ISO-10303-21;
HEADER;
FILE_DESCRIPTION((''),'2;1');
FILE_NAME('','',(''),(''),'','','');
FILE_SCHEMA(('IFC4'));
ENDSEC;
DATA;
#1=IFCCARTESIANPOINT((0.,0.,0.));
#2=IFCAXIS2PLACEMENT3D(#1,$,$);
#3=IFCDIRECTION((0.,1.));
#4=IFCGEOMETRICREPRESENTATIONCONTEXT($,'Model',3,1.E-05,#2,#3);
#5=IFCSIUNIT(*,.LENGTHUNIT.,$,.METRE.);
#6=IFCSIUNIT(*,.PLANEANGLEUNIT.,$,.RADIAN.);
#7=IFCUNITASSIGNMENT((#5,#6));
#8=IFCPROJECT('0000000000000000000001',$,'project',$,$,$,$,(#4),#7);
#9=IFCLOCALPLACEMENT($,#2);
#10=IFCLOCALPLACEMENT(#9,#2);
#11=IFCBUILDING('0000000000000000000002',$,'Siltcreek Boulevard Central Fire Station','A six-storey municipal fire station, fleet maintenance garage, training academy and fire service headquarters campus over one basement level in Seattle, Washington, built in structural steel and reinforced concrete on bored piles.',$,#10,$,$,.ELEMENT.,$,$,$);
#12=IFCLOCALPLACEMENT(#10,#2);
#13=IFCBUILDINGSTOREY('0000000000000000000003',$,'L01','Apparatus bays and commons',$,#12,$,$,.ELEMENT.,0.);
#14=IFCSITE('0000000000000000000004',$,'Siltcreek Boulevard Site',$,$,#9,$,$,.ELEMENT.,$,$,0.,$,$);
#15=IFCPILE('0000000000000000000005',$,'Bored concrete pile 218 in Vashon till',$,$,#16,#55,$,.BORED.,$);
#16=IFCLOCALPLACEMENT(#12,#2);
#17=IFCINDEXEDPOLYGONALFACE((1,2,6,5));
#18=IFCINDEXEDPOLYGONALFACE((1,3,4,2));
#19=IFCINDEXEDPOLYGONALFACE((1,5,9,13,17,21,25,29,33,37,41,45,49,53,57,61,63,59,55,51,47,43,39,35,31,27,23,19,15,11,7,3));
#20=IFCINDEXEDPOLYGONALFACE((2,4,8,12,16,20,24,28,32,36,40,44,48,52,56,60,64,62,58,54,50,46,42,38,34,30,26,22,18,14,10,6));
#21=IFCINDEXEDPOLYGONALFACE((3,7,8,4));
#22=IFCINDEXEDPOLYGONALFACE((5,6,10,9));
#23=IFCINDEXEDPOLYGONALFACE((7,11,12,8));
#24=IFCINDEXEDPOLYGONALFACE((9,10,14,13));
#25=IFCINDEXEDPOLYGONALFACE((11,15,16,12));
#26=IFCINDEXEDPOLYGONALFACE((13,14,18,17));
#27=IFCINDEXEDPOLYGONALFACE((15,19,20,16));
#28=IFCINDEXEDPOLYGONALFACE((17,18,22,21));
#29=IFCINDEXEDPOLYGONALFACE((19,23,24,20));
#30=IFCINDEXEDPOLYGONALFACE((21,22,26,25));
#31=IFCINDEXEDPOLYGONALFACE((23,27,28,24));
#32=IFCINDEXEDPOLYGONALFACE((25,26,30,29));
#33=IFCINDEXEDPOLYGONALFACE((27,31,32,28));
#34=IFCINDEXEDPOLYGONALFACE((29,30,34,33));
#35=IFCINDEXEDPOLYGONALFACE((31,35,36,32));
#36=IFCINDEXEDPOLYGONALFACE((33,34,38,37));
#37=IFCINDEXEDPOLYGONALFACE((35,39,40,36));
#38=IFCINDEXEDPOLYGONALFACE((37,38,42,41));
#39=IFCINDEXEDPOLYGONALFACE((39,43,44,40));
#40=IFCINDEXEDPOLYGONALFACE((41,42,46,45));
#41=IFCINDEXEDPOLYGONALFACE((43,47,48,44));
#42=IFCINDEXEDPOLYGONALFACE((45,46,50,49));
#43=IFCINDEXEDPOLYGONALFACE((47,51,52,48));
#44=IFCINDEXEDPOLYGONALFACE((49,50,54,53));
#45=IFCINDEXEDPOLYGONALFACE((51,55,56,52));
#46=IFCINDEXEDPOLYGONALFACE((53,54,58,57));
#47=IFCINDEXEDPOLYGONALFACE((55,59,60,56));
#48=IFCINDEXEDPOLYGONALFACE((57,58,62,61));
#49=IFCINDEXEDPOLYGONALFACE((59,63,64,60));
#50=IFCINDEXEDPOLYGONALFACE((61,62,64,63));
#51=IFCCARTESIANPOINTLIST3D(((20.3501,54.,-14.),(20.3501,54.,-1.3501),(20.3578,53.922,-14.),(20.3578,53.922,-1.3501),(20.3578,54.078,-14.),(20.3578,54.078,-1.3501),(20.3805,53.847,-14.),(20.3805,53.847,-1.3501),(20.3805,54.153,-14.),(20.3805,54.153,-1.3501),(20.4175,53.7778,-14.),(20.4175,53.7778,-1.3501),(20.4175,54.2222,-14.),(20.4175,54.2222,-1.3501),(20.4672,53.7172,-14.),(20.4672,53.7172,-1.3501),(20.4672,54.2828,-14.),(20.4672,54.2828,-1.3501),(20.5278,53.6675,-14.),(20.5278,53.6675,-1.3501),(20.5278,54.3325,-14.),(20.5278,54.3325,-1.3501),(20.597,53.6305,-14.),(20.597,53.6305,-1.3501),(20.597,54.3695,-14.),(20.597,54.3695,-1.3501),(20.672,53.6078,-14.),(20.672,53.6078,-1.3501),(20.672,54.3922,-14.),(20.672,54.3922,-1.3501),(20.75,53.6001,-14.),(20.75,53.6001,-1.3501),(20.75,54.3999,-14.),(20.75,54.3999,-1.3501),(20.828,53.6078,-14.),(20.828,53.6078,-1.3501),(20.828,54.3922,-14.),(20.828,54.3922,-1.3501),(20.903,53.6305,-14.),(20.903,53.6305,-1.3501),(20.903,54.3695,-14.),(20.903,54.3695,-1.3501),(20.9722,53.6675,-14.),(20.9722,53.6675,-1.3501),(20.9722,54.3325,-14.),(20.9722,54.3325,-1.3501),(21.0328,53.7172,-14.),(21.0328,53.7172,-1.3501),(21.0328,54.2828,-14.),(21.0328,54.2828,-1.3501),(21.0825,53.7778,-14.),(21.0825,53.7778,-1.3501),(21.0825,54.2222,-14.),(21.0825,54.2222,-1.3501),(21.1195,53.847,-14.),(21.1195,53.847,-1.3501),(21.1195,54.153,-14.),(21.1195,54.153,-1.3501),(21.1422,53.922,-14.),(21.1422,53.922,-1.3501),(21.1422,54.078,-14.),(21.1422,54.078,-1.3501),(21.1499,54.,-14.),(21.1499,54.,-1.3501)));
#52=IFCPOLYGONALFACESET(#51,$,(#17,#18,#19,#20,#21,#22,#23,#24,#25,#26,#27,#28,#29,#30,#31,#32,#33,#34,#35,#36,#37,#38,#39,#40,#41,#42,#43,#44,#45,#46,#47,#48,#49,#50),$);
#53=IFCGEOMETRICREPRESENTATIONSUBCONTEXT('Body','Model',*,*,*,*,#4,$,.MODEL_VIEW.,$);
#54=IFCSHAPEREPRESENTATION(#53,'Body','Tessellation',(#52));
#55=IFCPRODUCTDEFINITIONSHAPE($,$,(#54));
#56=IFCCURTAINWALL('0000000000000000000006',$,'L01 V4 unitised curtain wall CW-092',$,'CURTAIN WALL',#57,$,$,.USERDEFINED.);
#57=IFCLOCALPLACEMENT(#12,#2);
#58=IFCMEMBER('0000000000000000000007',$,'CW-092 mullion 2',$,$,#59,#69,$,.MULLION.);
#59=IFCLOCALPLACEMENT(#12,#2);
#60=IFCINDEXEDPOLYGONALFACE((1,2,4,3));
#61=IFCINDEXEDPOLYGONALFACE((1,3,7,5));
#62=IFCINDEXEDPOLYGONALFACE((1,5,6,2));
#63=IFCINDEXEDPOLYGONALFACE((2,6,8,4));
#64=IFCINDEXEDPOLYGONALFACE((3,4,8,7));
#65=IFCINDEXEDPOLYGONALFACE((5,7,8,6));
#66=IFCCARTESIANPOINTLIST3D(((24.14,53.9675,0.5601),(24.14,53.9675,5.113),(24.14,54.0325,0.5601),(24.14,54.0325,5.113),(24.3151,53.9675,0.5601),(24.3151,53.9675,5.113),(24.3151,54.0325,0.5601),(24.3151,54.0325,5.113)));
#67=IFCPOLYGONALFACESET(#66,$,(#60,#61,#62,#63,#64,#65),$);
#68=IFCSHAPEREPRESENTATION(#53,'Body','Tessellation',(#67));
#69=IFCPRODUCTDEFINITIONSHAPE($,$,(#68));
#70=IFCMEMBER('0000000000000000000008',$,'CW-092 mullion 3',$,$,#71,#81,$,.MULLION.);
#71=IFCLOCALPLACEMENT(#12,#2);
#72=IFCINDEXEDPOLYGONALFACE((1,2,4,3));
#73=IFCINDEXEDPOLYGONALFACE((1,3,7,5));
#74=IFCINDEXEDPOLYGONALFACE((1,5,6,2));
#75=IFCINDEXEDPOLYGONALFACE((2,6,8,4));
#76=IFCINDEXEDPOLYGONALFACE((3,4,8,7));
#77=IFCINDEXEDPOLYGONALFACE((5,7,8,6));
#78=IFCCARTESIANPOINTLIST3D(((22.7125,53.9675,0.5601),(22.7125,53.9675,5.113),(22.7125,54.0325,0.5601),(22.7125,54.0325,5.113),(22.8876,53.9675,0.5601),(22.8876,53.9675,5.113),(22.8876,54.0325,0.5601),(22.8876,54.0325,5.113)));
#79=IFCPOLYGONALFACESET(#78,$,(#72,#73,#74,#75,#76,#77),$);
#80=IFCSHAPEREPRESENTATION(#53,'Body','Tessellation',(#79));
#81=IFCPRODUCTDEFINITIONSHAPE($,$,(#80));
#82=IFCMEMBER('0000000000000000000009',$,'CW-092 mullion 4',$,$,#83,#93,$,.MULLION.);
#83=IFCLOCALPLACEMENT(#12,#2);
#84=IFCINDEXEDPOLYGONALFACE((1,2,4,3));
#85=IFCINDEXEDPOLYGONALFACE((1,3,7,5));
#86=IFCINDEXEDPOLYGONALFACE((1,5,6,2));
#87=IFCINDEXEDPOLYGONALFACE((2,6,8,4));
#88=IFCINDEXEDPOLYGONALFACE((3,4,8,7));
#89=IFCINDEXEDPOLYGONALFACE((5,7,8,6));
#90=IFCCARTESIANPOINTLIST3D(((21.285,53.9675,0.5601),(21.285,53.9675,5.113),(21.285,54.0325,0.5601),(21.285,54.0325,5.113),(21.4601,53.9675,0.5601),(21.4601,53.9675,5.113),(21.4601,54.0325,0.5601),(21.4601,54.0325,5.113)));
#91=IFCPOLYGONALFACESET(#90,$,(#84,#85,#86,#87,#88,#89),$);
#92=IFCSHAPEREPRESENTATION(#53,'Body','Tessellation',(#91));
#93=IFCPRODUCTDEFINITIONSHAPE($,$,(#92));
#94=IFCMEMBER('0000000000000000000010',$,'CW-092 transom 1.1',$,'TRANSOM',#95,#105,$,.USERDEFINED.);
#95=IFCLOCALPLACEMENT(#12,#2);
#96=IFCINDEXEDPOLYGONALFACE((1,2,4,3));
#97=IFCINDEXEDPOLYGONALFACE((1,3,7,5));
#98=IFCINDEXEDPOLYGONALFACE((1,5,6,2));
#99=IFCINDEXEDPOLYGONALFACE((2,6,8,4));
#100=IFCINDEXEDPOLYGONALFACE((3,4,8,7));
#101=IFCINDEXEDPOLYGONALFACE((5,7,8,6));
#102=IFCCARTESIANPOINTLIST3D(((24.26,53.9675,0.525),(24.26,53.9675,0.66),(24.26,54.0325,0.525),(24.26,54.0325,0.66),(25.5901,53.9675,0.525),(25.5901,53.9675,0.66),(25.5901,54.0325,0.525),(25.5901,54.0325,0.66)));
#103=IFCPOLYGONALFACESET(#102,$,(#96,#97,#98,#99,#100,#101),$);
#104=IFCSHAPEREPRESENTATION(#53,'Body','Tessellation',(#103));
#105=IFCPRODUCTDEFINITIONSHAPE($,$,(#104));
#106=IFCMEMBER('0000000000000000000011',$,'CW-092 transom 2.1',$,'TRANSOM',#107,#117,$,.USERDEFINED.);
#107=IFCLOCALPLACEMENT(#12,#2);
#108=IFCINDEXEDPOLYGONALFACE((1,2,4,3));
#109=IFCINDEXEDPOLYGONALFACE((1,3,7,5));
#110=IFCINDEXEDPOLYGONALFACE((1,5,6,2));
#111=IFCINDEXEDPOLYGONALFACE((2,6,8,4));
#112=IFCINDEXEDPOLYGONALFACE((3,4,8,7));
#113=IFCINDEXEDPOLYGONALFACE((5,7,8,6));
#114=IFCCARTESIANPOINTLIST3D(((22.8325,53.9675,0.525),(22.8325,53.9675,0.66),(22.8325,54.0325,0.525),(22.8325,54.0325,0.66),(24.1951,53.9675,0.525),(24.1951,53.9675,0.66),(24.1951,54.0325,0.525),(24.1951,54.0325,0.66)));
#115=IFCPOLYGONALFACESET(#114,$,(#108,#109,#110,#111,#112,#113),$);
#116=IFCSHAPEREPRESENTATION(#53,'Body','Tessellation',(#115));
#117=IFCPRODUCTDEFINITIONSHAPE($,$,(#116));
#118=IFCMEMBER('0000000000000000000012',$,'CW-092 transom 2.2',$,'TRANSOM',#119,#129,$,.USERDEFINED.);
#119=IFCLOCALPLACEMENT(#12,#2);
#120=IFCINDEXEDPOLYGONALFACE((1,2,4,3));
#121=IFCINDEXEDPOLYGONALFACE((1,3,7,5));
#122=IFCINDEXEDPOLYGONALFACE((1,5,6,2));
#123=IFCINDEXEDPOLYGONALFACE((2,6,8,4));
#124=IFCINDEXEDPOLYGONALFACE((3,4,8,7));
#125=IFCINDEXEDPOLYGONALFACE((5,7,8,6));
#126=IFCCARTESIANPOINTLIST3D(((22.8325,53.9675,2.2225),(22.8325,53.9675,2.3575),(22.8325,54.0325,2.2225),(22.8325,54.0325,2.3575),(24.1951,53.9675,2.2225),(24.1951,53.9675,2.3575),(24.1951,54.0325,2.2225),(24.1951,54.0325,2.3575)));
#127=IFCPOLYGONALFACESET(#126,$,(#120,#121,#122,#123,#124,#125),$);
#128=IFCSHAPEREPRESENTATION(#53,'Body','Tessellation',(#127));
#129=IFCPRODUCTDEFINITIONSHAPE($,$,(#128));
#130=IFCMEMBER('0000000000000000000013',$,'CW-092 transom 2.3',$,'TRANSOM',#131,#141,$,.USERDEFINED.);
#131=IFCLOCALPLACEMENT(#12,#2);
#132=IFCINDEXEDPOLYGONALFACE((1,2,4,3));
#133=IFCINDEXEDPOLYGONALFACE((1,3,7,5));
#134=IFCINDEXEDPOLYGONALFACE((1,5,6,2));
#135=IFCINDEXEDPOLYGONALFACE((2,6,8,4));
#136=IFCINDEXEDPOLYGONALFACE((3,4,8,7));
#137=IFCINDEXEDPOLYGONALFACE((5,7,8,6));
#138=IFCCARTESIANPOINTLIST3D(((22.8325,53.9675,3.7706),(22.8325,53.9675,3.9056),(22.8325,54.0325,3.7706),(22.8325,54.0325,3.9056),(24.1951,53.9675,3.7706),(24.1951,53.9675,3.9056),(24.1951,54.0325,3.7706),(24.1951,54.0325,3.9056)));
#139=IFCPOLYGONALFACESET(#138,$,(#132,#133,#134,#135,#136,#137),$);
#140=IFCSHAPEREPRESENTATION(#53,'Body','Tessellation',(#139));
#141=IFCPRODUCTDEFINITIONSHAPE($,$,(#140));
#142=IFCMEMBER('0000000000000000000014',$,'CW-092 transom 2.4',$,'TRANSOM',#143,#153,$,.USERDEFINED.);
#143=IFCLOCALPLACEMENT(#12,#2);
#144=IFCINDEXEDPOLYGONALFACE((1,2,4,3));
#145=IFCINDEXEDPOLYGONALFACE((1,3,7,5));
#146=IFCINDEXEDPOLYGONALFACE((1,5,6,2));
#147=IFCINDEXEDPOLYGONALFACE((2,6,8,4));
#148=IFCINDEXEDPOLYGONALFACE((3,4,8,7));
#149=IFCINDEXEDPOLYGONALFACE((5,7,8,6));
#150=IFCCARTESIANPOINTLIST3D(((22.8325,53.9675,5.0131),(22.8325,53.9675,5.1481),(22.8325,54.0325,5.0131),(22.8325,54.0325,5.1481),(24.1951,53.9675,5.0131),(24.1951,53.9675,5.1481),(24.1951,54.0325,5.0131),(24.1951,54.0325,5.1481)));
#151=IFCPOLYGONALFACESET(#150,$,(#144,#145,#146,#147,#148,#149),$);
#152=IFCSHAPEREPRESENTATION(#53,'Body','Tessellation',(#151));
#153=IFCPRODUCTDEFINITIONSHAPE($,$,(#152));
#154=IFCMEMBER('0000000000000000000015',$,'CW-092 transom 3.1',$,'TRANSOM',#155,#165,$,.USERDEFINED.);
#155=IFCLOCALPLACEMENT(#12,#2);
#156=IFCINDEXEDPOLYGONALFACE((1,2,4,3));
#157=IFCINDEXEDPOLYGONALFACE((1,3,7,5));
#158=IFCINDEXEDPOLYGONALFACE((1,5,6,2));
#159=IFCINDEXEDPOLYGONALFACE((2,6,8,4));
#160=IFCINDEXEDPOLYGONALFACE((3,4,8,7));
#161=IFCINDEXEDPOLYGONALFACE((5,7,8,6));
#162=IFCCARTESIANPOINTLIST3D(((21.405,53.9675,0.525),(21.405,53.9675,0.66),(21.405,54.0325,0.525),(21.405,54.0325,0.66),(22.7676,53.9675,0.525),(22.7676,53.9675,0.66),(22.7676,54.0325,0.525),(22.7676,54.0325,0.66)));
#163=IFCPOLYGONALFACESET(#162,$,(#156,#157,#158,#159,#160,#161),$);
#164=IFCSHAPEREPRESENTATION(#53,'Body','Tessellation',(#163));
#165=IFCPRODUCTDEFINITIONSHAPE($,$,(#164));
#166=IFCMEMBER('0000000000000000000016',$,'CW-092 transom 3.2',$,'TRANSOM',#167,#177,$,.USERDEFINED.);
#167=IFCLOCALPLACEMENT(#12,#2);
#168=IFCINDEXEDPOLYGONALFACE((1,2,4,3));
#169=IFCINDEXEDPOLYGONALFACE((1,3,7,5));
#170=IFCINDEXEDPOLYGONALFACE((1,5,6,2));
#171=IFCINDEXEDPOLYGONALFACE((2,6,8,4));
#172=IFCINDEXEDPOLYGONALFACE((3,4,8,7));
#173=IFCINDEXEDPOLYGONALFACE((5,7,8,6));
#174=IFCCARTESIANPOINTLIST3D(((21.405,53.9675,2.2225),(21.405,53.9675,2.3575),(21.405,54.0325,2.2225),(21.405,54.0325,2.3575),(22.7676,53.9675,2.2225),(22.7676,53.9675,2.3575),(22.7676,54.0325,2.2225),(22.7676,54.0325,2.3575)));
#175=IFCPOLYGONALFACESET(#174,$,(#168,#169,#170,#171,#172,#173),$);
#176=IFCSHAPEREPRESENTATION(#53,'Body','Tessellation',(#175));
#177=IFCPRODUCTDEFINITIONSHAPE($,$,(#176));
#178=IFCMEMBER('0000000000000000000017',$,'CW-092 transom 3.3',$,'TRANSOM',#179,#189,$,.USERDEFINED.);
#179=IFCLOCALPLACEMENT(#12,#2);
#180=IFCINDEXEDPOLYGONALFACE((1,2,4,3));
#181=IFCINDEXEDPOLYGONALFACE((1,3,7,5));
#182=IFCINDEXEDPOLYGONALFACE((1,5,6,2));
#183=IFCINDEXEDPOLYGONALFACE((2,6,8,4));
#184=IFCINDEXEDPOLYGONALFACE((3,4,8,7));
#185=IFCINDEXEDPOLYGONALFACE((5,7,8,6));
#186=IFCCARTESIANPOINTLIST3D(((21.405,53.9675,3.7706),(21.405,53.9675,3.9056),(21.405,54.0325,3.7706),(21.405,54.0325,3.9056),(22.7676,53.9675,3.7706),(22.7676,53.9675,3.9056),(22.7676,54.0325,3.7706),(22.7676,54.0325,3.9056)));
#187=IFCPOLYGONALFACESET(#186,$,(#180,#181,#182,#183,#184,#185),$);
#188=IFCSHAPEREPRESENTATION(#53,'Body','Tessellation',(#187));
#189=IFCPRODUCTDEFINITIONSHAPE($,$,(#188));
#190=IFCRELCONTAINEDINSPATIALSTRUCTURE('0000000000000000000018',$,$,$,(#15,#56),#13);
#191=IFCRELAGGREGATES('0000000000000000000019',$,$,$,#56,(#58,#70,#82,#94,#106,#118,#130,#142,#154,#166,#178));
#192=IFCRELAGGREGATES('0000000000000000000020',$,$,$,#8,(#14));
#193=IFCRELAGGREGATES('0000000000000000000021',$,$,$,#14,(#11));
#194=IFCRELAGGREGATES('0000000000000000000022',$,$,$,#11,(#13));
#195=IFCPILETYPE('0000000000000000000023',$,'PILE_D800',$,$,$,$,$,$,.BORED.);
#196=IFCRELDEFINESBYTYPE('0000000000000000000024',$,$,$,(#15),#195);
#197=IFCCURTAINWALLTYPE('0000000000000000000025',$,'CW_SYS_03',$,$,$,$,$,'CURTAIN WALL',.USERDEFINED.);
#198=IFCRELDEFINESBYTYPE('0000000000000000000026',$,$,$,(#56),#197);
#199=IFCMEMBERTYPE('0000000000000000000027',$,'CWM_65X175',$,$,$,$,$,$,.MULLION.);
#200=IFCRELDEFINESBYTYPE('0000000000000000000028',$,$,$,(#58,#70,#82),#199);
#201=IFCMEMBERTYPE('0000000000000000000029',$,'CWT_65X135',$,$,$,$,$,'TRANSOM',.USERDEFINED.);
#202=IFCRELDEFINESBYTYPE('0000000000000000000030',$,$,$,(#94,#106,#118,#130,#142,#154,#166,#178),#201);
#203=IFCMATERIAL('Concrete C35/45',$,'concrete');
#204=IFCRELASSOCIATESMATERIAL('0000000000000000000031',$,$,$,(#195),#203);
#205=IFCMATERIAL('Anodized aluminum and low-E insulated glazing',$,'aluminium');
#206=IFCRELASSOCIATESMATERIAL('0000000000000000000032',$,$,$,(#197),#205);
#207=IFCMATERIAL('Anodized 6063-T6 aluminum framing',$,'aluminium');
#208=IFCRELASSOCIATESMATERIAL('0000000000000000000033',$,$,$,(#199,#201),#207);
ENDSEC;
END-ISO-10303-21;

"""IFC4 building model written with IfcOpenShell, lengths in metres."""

from ifc_helpers import new_model, si_unit, direction, frame, origin, origin_2d, place, context, subcontext, project, spatial, rectangle, circle, extrude, material, material_profile, profile_set, type_object, element, aggregate, save


model = new_model("IFC4")

# Units and contexts
model_context = context("Model", 3, precision=1e-05, world=origin(), true_north=direction((0.0, 1.0)))
body_context = subcontext(model_context, "Body", "Model", "MODEL_VIEW")
ifc_project = project(units=[si_unit("LENGTHUNIT", "METRE"), si_unit("PLANEANGLEUNIT", "RADIAN")], contexts=[model_context])

# Site, building, storey
site_placement = place(None, origin())
site = spatial("IfcSite", under=ifc_project, at=site_placement, Name="Siltcreek Boulevard Site", CompositionType="ELEMENT", RefElevation=0.0)
building_placement = place(site_placement, origin())
building = spatial("IfcBuilding", under=site, at=building_placement, Name="Siltcreek Boulevard Central Fire Station", Description="A six-storey municipal fire station, fleet maintenance garage, training academy and fire service headquarters campus over one basement level in Seattle, Washington, built in structural steel and reinforced concrete on bored piles.", CompositionType="ELEMENT")
storey_placement = place(building_placement, origin())
storey = spatial("IfcBuildingStorey", under=building, at=storey_placement, Name="L01", Description="Apparatus bays and commons", CompositionType="ELEMENT", Elevation=0.0)

# Pile
ifc_material_1 = material(Name="Concrete C35/45", Category="concrete")
ifc_material_profile_1 = material_profile(ifc_material_1, circle(Radius=0.3999, at=origin_2d()), Name="SHAFT800")
ifc_profile_set_1 = profile_set([ifc_material_profile_1], Name="Concrete C35/45")
pile_type = type_object("IfcPileType", Name="PILE_D800", PredefinedType="BORED", material=ifc_profile_set_1)
pile_placement = place(storey_placement, frame((20.75, 54.0, -1.3501), z_axis=(0.0, 0.0, -1.0), x_axis=(1.0, 0.0, 0.0)))
element("IfcPile", 1, at=pile_placement, inside=storey, type_object=pile_type, Name="Bored concrete pile 218 in Vashon till", PredefinedType="BORED", context=body_context, shape_type="SweptSolid", body=[
    extrude(circle(Radius=0.3999, at=origin_2d()), origin(), (0.0, 0.0, 1.0), 12.6499),
])

# Curtain wall, members
ifc_material_2 = material(Name="Anodized aluminum and low-E insulated glazing", Category="aluminium")
curtain_wall_type = type_object("IfcCurtainWallType", Name="CW_SYS_03", ElementType="CURTAIN WALL", PredefinedType="USERDEFINED", material=ifc_material_2)
curtain_wall_placement = place(storey_placement, origin())
curtain_wall = element("IfcCurtainWall", 2, at=curtain_wall_placement, inside=storey, type_object=curtain_wall_type, Name="L01 V4 unitised curtain wall CW-092", ObjectType="CURTAIN WALL", PredefinedType="USERDEFINED")
ifc_material_3 = material(Name="Anodized 6063-T6 aluminum framing", Category="aluminium")
ifc_material_profile_2 = material_profile(ifc_material_3, rectangle(XDim=0.0649, YDim=0.175, at=origin_2d()), Name="MULL65X175")
ifc_profile_set_2 = profile_set([ifc_material_profile_2], Name="Anodized 6063-T6 aluminum framing")
member_type_1 = type_object("IfcMemberType", Name="CWM_65X175", PredefinedType="MULLION", material=ifc_profile_set_2)
member_1_placement = place(storey_placement, frame((24.2275, 54.0, 0.5601), z_axis=(0.0, 0.0, 1.0), x_axis=(0.0, -1.0, 0.0)))
member_1 = element("IfcMember", 3, at=member_1_placement, type_object=member_type_1, Name="CW-092 mullion 2", PredefinedType="MULLION", context=body_context, shape_type="SweptSolid", body=[
    extrude(rectangle(XDim=0.0649, YDim=0.175, at=origin_2d()), origin(), (0.0, 0.0, 1.0), 4.553),
])
member_2_placement = place(storey_placement, frame((22.8, 54.0, 0.5601), z_axis=(0.0, 0.0, 1.0), x_axis=(0.0, -1.0, 0.0)))
member_2 = element("IfcMember", 4, at=member_2_placement, type_object=member_type_1, Name="CW-092 mullion 3", PredefinedType="MULLION", context=body_context, shape_type="SweptSolid", body=[
    extrude(rectangle(XDim=0.0649, YDim=0.175, at=origin_2d()), origin(), (0.0, 0.0, 1.0), 4.553),
])
member_3_placement = place(storey_placement, frame((21.3726, 54.0, 0.5601), z_axis=(0.0, 0.0, 1.0), x_axis=(0.0, -1.0, 0.0)))
member_3 = element("IfcMember", 5, at=member_3_placement, type_object=member_type_1, Name="CW-092 mullion 4", PredefinedType="MULLION", context=body_context, shape_type="SweptSolid", body=[
    extrude(rectangle(XDim=0.0649, YDim=0.175, at=origin_2d()), origin(), (0.0, 0.0, 1.0), 4.553),
])
ifc_material_profile_3 = material_profile(ifc_material_3, rectangle(XDim=0.0649, YDim=0.135, at=origin_2d()), Name="TRAN65X135")
ifc_profile_set_3 = profile_set([ifc_material_profile_3], Name="Anodized 6063-T6 aluminum framing")
member_type_2 = type_object("IfcMemberType", Name="CWT_65X135", ElementType="TRANSOM", PredefinedType="USERDEFINED", material=ifc_profile_set_3)
member_4_placement = place(storey_placement, frame((25.5901, 54.0, 0.5925), z_axis=(-1.0, 0.0, 0.0), x_axis=(0.0, -1.0, 0.0)))
member_4 = element("IfcMember", 6, at=member_4_placement, type_object=member_type_2, Name="CW-092 transom 1.1", ObjectType="TRANSOM", PredefinedType="USERDEFINED", context=body_context, shape_type="SweptSolid", body=[
    extrude(rectangle(XDim=0.0649, YDim=0.135, at=origin_2d()), origin(), (0.0, 0.0, 1.0), 1.3301),
])
member_5_placement = place(storey_placement, frame((24.1951, 54.0, 0.5925), z_axis=(-1.0, 0.0, 0.0), x_axis=(0.0, -1.0, 0.0)))
member_5 = element("IfcMember", 7, at=member_5_placement, type_object=member_type_2, Name="CW-092 transom 2.1", ObjectType="TRANSOM", PredefinedType="USERDEFINED", context=body_context, shape_type="SweptSolid", body=[
    extrude(rectangle(XDim=0.0649, YDim=0.135, at=origin_2d()), origin(), (0.0, 0.0, 1.0), 1.3625),
])
member_6_placement = place(storey_placement, frame((24.1951, 54.0, 2.29), z_axis=(-1.0, 0.0, 0.0), x_axis=(0.0, -1.0, 0.0)))
member_6 = element("IfcMember", 8, at=member_6_placement, type_object=member_type_2, Name="CW-092 transom 2.2", ObjectType="TRANSOM", PredefinedType="USERDEFINED", context=body_context, shape_type="SweptSolid", body=[
    extrude(rectangle(XDim=0.0649, YDim=0.135, at=origin_2d()), origin(), (0.0, 0.0, 1.0), 1.3625),
])
member_7_placement = place(storey_placement, frame((24.1951, 54.0, 3.8381), z_axis=(-1.0, 0.0, 0.0), x_axis=(0.0, -1.0, 0.0)))
member_7 = element("IfcMember", 9, at=member_7_placement, type_object=member_type_2, Name="CW-092 transom 2.3", ObjectType="TRANSOM", PredefinedType="USERDEFINED", context=body_context, shape_type="SweptSolid", body=[
    extrude(rectangle(XDim=0.0649, YDim=0.135, at=origin_2d()), origin(), (0.0, 0.0, 1.0), 1.3625),
])
member_8_placement = place(storey_placement, frame((24.1951, 54.0, 5.0806), z_axis=(-1.0, 0.0, 0.0), x_axis=(0.0, -1.0, 0.0)))
member_8 = element("IfcMember", 10, at=member_8_placement, type_object=member_type_2, Name="CW-092 transom 2.4", ObjectType="TRANSOM", PredefinedType="USERDEFINED", context=body_context, shape_type="SweptSolid", body=[
    extrude(rectangle(XDim=0.0649, YDim=0.135, at=origin_2d()), origin(), (0.0, 0.0, 1.0), 1.3625),
])
member_9_placement = place(storey_placement, frame((22.7676, 54.0, 0.5925), z_axis=(-1.0, 0.0, 0.0), x_axis=(0.0, -1.0, 0.0)))
member_9 = element("IfcMember", 11, at=member_9_placement, type_object=member_type_2, Name="CW-092 transom 3.1", ObjectType="TRANSOM", PredefinedType="USERDEFINED", context=body_context, shape_type="SweptSolid", body=[
    extrude(rectangle(XDim=0.0649, YDim=0.135, at=origin_2d()), origin(), (0.0, 0.0, 1.0), 1.3625),
])
member_10_placement = place(storey_placement, frame((22.7676, 54.0, 2.29), z_axis=(-1.0, 0.0, 0.0), x_axis=(0.0, -1.0, 0.0)))
member_10 = element("IfcMember", 12, at=member_10_placement, type_object=member_type_2, Name="CW-092 transom 3.2", ObjectType="TRANSOM", PredefinedType="USERDEFINED", context=body_context, shape_type="SweptSolid", body=[
    extrude(rectangle(XDim=0.0649, YDim=0.135, at=origin_2d()), origin(), (0.0, 0.0, 1.0), 1.3625),
])
member_11_placement = place(storey_placement, frame((22.7676, 54.0, 3.8381), z_axis=(-1.0, 0.0, 0.0), x_axis=(0.0, -1.0, 0.0)))
member_11 = element("IfcMember", 13, at=member_11_placement, type_object=member_type_2, Name="CW-092 transom 3.3", ObjectType="TRANSOM", PredefinedType="USERDEFINED", context=body_context, shape_type="SweptSolid", body=[
    extrude(rectangle(XDim=0.0649, YDim=0.135, at=origin_2d()), origin(), (0.0, 0.0, 1.0), 1.3625),
])
aggregate(curtain_wall, [member_1, member_2, member_3, member_4, member_5, member_6, member_7, member_8, member_9, member_10, member_11])

save(model, "model.ifc")
